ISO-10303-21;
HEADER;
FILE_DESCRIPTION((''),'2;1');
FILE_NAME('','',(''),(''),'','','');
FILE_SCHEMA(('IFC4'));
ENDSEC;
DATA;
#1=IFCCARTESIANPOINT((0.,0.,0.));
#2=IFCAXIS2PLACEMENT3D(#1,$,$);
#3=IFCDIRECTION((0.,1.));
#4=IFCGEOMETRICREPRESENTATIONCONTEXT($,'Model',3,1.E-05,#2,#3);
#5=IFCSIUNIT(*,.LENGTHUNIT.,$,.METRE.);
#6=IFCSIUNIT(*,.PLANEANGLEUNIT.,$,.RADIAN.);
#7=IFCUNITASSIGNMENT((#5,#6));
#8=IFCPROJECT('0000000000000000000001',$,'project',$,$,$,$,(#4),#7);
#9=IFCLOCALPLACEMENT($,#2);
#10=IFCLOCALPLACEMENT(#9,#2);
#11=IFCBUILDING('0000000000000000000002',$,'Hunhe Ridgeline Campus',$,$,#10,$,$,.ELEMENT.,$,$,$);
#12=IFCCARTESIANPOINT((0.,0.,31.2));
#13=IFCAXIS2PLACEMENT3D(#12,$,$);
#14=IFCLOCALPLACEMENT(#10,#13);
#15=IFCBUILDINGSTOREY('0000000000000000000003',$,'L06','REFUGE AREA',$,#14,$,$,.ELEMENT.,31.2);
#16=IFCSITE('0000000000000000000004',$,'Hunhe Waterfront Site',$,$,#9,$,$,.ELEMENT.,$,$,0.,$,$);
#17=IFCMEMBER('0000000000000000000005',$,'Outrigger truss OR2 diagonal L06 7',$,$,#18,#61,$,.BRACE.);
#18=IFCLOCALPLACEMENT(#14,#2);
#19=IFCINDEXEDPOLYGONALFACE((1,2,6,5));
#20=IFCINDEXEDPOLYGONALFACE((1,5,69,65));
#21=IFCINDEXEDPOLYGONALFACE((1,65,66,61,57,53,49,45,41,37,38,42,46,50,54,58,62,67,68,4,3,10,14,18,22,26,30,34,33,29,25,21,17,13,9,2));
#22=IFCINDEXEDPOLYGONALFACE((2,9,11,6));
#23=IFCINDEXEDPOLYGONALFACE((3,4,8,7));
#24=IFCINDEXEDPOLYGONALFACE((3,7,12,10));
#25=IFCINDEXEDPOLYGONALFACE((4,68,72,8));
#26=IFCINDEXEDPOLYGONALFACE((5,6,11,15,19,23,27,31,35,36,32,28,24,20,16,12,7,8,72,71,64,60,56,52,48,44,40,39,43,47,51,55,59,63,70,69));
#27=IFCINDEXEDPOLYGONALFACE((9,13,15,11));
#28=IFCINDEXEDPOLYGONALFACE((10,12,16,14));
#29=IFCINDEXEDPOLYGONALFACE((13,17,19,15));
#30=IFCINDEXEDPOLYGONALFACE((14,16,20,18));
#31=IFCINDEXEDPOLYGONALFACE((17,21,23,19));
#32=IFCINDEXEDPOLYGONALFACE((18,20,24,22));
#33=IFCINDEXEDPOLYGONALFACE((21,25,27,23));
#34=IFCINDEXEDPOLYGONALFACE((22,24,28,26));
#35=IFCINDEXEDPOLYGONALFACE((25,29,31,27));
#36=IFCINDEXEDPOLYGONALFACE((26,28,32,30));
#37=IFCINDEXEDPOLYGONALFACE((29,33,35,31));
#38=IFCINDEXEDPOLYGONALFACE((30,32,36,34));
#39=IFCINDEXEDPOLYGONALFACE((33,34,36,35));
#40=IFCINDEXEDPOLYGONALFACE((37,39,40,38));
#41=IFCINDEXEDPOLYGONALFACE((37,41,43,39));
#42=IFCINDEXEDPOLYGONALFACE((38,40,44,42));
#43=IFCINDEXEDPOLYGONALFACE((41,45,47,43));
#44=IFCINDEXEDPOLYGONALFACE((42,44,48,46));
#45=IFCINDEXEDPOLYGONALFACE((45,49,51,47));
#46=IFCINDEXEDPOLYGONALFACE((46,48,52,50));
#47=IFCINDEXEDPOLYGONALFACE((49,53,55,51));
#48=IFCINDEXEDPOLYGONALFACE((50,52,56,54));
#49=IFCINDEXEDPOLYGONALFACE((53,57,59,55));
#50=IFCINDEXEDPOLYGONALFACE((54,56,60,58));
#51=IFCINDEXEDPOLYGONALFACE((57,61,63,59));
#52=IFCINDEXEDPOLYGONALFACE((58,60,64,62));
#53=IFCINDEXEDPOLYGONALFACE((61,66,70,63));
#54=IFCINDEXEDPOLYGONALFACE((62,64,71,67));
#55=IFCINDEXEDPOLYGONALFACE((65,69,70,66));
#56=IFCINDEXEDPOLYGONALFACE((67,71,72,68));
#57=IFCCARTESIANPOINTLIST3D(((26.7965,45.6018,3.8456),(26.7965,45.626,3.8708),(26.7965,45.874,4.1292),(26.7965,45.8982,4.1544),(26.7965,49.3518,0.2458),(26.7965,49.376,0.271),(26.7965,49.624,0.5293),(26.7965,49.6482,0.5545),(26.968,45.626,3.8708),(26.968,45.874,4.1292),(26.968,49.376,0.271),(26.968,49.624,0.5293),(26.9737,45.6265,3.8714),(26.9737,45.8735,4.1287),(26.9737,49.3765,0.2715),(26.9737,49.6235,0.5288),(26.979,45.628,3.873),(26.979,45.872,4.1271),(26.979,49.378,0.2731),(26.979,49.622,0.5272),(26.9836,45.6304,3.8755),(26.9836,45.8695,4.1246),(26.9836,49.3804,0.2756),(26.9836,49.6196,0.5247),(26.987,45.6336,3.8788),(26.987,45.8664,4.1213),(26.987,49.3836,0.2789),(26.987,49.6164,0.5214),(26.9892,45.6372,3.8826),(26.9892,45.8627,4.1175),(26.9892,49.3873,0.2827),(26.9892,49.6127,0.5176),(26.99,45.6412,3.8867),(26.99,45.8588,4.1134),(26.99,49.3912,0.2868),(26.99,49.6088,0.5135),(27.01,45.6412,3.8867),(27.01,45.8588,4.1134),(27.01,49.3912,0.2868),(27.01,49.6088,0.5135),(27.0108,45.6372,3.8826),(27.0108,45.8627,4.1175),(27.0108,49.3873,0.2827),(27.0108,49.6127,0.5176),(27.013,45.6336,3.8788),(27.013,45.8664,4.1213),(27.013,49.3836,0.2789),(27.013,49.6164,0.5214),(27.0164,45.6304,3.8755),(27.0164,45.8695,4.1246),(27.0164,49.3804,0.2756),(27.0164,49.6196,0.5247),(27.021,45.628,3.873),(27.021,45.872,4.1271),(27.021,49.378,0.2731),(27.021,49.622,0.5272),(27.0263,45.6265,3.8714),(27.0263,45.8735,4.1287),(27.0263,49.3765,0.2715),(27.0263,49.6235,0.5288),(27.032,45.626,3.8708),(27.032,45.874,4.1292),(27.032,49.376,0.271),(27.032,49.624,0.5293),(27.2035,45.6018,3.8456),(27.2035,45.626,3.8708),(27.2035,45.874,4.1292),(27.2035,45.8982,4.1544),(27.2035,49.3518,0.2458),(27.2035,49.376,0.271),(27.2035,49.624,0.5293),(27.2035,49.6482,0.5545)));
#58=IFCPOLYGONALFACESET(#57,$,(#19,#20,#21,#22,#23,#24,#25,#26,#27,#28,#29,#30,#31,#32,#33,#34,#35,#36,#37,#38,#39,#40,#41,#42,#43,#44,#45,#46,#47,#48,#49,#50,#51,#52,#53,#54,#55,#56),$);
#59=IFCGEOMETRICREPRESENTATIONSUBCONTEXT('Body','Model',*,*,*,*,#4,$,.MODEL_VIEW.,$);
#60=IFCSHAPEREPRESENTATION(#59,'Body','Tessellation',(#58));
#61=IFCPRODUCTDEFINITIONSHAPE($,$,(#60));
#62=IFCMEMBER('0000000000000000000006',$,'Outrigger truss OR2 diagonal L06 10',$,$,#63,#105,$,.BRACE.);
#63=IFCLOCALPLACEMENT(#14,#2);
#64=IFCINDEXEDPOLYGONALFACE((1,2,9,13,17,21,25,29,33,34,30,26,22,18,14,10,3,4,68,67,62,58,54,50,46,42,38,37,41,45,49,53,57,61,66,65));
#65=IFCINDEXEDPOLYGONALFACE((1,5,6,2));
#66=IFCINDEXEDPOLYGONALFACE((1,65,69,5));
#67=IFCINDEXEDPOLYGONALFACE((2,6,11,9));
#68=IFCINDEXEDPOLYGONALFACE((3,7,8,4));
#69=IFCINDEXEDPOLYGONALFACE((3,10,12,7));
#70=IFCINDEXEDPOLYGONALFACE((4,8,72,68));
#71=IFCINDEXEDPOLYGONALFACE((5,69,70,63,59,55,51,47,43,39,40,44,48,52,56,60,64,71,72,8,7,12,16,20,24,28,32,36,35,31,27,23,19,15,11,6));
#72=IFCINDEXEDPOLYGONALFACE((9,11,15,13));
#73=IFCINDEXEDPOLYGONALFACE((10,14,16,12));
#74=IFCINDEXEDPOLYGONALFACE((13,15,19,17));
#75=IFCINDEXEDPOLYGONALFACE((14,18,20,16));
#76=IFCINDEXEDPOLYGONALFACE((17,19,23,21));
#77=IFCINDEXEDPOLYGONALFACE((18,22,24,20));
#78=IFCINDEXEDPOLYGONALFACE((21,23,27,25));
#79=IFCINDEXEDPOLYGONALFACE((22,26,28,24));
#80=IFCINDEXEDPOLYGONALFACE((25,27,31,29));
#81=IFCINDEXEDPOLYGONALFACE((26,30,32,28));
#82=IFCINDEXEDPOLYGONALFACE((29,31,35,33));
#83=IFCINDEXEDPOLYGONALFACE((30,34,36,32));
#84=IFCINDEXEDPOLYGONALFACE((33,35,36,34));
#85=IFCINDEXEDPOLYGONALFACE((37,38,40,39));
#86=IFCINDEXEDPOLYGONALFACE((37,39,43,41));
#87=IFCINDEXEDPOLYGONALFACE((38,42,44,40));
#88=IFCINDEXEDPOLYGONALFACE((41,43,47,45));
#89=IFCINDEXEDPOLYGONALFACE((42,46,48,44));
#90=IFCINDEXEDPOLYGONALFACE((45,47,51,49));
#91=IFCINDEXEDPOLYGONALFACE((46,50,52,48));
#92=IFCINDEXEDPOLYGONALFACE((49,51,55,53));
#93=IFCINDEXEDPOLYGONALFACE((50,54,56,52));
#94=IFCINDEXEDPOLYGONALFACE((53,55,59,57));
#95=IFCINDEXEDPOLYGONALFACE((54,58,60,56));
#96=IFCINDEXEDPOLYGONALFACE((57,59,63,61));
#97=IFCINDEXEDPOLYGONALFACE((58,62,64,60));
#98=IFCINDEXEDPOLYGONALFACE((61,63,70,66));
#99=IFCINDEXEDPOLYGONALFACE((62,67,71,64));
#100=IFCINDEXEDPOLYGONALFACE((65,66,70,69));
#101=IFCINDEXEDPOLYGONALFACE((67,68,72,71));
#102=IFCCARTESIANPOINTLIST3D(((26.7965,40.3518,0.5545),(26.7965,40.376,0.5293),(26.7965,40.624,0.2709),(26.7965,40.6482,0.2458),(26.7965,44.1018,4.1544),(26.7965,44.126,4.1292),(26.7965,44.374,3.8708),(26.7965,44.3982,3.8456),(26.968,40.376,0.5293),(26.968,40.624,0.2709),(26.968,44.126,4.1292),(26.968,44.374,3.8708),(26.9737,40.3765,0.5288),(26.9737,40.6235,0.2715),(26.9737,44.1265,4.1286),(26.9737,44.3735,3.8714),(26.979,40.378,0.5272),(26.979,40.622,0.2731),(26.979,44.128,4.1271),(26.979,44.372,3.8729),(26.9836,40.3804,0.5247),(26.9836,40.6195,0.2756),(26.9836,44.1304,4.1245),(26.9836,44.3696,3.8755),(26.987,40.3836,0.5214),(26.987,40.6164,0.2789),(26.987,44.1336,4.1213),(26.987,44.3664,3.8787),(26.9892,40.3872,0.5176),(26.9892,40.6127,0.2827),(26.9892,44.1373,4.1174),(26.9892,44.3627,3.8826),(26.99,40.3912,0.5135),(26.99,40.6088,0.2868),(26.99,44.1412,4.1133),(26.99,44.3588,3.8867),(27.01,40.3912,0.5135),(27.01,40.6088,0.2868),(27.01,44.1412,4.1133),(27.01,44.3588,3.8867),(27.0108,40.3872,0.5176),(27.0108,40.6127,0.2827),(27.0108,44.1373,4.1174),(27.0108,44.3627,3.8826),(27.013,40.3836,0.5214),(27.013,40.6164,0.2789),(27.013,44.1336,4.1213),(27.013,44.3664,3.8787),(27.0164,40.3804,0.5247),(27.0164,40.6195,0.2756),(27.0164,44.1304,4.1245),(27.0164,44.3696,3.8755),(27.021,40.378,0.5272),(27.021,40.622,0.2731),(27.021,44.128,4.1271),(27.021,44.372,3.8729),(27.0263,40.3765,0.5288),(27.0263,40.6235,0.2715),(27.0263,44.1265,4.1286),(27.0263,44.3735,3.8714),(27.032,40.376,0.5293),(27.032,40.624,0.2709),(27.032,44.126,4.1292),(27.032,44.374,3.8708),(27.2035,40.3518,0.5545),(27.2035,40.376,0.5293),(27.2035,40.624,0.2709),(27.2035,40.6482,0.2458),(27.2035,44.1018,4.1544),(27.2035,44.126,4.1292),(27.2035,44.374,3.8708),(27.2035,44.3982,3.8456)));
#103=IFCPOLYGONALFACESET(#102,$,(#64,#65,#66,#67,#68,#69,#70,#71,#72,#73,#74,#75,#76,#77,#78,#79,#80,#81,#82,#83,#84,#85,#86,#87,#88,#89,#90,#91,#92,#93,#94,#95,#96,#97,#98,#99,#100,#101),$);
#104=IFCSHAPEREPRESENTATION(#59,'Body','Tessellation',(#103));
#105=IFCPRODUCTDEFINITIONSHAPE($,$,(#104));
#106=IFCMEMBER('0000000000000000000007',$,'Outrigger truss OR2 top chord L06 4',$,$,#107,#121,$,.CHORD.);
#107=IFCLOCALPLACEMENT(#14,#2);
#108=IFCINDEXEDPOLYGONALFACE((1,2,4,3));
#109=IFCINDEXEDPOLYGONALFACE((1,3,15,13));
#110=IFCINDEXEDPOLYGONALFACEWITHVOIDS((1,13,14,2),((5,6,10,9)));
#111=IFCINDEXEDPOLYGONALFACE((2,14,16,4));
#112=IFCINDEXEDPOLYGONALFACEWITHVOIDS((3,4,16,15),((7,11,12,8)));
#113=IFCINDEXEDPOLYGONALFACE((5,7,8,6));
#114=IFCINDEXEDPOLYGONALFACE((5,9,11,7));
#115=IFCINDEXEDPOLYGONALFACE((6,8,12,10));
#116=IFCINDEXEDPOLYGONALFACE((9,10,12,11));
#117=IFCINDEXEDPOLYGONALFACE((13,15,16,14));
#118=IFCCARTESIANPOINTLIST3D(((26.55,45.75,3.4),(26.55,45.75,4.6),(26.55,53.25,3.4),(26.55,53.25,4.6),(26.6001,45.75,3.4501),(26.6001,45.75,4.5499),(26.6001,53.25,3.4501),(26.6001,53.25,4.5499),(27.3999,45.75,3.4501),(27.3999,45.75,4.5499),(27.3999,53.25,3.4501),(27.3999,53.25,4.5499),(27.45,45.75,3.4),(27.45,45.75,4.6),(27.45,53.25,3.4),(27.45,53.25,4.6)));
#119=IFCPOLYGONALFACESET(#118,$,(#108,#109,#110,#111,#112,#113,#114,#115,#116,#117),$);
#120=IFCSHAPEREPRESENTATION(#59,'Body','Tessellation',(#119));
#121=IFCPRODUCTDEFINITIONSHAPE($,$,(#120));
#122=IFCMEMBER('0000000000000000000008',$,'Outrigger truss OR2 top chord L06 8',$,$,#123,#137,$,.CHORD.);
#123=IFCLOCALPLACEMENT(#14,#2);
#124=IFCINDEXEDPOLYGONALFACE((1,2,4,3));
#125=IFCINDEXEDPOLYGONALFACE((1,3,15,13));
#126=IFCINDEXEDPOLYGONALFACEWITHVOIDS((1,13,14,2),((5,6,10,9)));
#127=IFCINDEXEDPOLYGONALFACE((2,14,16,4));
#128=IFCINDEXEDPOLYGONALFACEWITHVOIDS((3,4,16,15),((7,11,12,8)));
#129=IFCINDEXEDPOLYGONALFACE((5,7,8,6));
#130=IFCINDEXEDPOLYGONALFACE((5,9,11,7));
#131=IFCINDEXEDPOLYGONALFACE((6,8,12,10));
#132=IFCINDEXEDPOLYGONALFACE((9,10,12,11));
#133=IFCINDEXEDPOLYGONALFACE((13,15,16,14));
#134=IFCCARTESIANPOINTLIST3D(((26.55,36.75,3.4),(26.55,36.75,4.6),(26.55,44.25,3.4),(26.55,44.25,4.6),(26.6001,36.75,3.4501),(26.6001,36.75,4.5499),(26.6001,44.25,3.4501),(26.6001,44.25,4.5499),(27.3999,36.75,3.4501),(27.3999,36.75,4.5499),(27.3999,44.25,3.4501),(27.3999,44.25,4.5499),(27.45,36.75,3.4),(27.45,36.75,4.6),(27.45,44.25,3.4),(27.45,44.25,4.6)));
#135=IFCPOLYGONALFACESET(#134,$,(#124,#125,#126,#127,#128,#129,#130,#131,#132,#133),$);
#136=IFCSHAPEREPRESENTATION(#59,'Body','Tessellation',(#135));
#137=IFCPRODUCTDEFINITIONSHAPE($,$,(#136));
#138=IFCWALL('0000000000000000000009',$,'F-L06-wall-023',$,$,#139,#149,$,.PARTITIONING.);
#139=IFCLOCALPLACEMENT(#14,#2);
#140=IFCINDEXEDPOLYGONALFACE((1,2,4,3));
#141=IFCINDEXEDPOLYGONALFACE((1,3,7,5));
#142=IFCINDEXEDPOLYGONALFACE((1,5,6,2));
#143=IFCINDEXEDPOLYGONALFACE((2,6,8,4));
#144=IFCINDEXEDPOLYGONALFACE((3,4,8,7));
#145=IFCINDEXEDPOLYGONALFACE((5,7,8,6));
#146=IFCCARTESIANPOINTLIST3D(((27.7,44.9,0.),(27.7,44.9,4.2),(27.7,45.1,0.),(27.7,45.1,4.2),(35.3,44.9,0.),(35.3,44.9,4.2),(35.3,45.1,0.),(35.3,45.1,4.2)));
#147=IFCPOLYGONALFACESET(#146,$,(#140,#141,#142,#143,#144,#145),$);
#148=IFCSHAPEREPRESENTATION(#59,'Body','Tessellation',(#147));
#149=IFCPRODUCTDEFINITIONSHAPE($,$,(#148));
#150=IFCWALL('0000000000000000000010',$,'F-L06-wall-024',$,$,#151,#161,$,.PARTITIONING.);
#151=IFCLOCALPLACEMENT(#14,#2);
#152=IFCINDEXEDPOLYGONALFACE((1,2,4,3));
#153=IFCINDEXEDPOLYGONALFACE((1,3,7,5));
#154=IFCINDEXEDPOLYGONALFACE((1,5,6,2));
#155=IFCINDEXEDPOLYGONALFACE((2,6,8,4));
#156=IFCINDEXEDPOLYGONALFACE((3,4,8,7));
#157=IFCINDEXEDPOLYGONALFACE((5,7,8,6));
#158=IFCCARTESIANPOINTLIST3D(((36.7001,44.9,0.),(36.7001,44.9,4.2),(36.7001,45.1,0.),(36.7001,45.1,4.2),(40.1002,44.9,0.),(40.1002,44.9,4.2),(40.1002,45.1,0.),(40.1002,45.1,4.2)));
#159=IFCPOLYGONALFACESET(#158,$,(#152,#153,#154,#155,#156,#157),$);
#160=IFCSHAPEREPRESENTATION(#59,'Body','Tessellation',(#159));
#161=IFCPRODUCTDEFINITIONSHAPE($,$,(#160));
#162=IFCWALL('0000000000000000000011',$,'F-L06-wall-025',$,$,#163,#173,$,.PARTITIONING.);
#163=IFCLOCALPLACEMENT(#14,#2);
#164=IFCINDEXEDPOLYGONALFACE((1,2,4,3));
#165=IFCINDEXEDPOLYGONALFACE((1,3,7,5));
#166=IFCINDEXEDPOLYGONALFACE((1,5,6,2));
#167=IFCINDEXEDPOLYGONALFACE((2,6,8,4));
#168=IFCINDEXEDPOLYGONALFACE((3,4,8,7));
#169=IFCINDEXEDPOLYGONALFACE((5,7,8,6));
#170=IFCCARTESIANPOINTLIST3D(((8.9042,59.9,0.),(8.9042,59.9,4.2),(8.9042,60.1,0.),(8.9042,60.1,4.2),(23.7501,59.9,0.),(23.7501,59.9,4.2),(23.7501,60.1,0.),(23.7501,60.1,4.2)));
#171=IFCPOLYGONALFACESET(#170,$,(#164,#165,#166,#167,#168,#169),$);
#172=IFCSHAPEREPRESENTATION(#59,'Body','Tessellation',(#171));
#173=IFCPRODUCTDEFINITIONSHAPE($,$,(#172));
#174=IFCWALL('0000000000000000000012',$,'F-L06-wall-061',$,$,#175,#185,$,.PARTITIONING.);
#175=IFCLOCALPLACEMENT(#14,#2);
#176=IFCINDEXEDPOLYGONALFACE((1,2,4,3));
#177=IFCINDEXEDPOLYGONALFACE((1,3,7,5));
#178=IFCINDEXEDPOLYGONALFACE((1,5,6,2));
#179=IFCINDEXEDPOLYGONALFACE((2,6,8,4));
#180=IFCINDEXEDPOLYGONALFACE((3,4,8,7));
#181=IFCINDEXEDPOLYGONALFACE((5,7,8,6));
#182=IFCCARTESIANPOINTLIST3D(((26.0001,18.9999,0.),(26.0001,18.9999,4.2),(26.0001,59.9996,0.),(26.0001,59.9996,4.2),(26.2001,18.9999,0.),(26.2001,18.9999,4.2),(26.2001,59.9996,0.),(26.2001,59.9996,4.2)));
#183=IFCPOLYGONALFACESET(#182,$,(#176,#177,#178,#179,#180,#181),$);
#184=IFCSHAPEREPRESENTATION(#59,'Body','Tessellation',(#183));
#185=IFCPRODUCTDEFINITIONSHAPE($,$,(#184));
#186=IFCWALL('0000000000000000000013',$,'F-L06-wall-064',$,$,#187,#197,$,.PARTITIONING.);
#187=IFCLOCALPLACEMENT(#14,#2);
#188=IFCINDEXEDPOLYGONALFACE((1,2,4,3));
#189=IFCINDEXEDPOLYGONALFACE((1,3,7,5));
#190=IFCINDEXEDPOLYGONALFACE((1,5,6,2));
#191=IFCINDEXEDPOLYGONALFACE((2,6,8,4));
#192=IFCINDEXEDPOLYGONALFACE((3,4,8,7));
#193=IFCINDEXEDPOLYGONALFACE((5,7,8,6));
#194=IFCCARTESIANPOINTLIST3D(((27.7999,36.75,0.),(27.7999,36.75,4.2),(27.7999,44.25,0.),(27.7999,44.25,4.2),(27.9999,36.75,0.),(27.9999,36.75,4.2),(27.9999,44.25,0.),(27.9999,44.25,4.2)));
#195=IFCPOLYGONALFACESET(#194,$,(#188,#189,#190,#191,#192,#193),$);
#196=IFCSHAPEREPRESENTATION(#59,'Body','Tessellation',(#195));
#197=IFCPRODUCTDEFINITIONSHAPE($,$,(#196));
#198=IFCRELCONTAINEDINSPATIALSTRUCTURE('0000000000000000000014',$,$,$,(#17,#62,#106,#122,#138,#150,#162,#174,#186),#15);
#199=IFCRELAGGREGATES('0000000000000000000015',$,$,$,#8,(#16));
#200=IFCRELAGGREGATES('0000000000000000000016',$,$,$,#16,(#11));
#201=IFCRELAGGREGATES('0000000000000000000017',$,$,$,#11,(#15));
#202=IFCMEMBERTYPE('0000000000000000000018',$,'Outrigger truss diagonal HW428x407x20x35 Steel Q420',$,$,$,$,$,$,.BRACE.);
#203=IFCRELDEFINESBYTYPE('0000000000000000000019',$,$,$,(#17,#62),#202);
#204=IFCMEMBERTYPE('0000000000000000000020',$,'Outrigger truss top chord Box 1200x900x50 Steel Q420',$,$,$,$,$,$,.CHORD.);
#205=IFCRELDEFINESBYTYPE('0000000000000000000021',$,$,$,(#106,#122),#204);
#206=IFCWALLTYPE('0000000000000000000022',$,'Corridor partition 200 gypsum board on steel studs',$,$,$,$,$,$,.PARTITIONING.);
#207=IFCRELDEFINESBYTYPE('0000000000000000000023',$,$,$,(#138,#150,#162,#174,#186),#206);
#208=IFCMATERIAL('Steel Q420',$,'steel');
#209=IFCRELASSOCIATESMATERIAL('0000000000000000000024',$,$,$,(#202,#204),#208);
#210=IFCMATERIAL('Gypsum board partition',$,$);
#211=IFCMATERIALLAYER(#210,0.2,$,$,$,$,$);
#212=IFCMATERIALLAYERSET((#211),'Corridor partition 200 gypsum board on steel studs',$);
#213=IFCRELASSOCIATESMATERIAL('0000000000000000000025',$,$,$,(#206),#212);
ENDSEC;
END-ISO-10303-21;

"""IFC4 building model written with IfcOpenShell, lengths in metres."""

from ifc_helpers import new_model, si_unit, direction, frame, frame_2d, origin, origin_2d, place, context, subcontext, project, spatial, rectangle, hollow_rectangle, i_section, extrude, material, layer, layer_set, material_profile, profile_set, type_object, element, save


model = new_model("IFC4")

# Units and contexts
model_context = context("Model", 3, precision=1e-05, world=origin(), true_north=direction((0.0, 1.0)))
body_context = subcontext(model_context, "Body", "Model", "MODEL_VIEW")
ifc_project = project(units=[si_unit("LENGTHUNIT", "METRE"), si_unit("PLANEANGLEUNIT", "RADIAN")], contexts=[model_context])

# Site, building, storey
site_placement = place(None, origin())
site = spatial("IfcSite", under=ifc_project, at=site_placement, Name="Hunhe Waterfront Site", CompositionType="ELEMENT", RefElevation=0.0)
building_placement = place(site_placement, origin())
building = spatial("IfcBuilding", under=site, at=building_placement, Name="Hunhe Ridgeline Campus", CompositionType="ELEMENT")
storey_placement = place(building_placement, frame((0.0, 0.0, 31.2)))
storey = spatial("IfcBuildingStorey", under=building, at=storey_placement, Name="L06", Description="REFUGE AREA", CompositionType="ELEMENT", Elevation=31.2)

# Members
ifc_material_1 = material(Name="Steel Q420", Category="steel")
ifc_material_profile_1 = material_profile(ifc_material_1, i_section(OverallWidth=0.407, OverallDepth=0.428, WebThickness=0.02, FlangeThickness=0.0349, FilletRadius=0.022, at=origin_2d()))
ifc_profile_set_1 = profile_set([ifc_material_profile_1], Name="Steel Q420")
member_type_1 = type_object("IfcMemberType", Name="Outrigger truss diagonal HW428x407x20x35 Steel Q420", PredefinedType="BRACE", material=ifc_profile_set_1)
for number, where, z_axis, x_axis, name in (
    (1, (27.0, 49.5, 0.4001), (0.0, -0.721401, 0.692517), (1.0, 0.0, 0.0), "Outrigger truss OR2 diagonal L06 7"),
    (2, (27.0, 44.25, 4.0), (0.0, -0.721401, -0.692517), (1.0, 0.0, 0.0), "Outrigger truss OR2 diagonal L06 10"),
):
    element("IfcMember", number, at=place(storey_placement, frame(where, z_axis=z_axis, x_axis=x_axis)), inside=storey, type_object=member_type_1, Name=name, PredefinedType="BRACE", context=body_context, shape_type="SweptSolid", body=[
        extrude(i_section(OverallWidth=0.407, OverallDepth=0.428, WebThickness=0.02, FlangeThickness=0.0349, FilletRadius=0.022, at=origin_2d()), origin(), (0.0, 0.0, 1.0), 5.1982),
    ])
ifc_material_profile_2 = material_profile(ifc_material_1, hollow_rectangle(XDim=0.8999, YDim=1.2, WallThickness=0.05, at=origin_2d()))
ifc_profile_set_2 = profile_set([ifc_material_profile_2], Name="Steel Q420")
member_type_2 = type_object("IfcMemberType", Name="Outrigger truss top chord Box 1200x900x50 Steel Q420", PredefinedType="CHORD", material=ifc_profile_set_2)
for number, where, z_axis, x_axis, name in (
    (3, (27.0, 53.25, 4.0), (0.0, -1.0, 0.0), (1.0, 0.0, 0.0), "Outrigger truss OR2 top chord L06 4"),
    (4, (27.0, 44.25, 4.0), (0.0, -1.0, 0.0), (1.0, 0.0, 0.0), "Outrigger truss OR2 top chord L06 8"),
):
    element("IfcMember", number, at=place(storey_placement, frame(where, z_axis=z_axis, x_axis=x_axis)), inside=storey, type_object=member_type_2, Name=name, PredefinedType="CHORD", context=body_context, shape_type="SweptSolid", body=[
        extrude(hollow_rectangle(XDim=0.8999, YDim=1.2, WallThickness=0.05, at=origin_2d()), origin(), (0.0, 0.0, 1.0), 7.5),
    ])

# Shared definitions
ifc_material_2 = material(Name="Gypsum board partition")
ifc_layer = layer(ifc_material_2, 0.2)
ifc_layer_set = layer_set([ifc_layer], Name="Corridor partition 200 gypsum board on steel studs")
wall_type = type_object("IfcWallType", Name="Corridor partition 200 gypsum board on steel studs", PredefinedType="PARTITIONING", material=ifc_layer_set)

# Walls
wall_1_placement = place(storey_placement, frame((27.7, 45.0, 0.0), z_axis=(0.0, 0.0, 1.0), x_axis=(1.0, 0.0, 0.0)))
element("IfcWall", 5, at=wall_1_placement, inside=storey, type_object=wall_type, Name="F-L06-wall-023", PredefinedType="PARTITIONING", context=body_context, shape_type="SweptSolid", body=[
    extrude(rectangle(XDim=7.6001, YDim=0.2, at=frame_2d((3.8, 0.0))), origin(), (0.0, 0.0, 1.0), 4.2),
])
wall_2_placement = place(storey_placement, frame((36.7, 45.0, 0.0), z_axis=(0.0, 0.0, 1.0), x_axis=(1.0, 0.0, 0.0)))
element("IfcWall", 6, at=wall_2_placement, inside=storey, type_object=wall_type, Name="F-L06-wall-024", PredefinedType="PARTITIONING", context=body_context, shape_type="SweptSolid", body=[
    extrude(rectangle(XDim=3.4001, YDim=0.2, at=frame_2d((1.7002, 0.0))), origin(), (0.0, 0.0, 1.0), 4.2),
])
wall_3_placement = place(storey_placement, frame((23.75, 60.0, 0.0), z_axis=(0.0, 0.0, 1.0), x_axis=(-1.0, 0.0, 0.0)))
element("IfcWall", 7, at=wall_3_placement, inside=storey, type_object=wall_type, Name="F-L06-wall-025", PredefinedType="PARTITIONING", context=body_context, shape_type="SweptSolid", body=[
    extrude(rectangle(XDim=14.8459, YDim=0.2, at=frame_2d((7.4229, 0.0))), origin(), (0.0, 0.0, 1.0), 4.2),
])

# Walls
wall_4_placement = place(storey_placement, frame((26.1001, 59.9998, 0.0), z_axis=(0.0, 0.0, 1.0), x_axis=(0.0, -1.0, 0.0)))
element("IfcWall", 8, at=wall_4_placement, inside=storey, type_object=wall_type, Name="F-L06-wall-061", PredefinedType="PARTITIONING", context=body_context, shape_type="SweptSolid", body=[
    extrude(rectangle(XDim=40.9998, YDim=0.2, at=frame_2d((20.5, 0.0))), origin(), (0.0, 0.0, 1.0), 4.2),
])
for number, where, z_axis, x_axis, name in (
    (9, (27.8999, 44.25, 0.0), (0.0, 0.0, 1.0), (0.0, -1.0, 0.0), "F-L06-wall-064"),
):
    element("IfcWall", number, at=place(storey_placement, frame(where, z_axis=z_axis, x_axis=x_axis)), inside=storey, type_object=wall_type, Name=name, PredefinedType="PARTITIONING", context=body_context, shape_type="SweptSolid", body=[
        extrude(rectangle(XDim=7.5, YDim=0.2, at=frame_2d((3.75, 0.0))), origin(), (0.0, 0.0, 1.0), 4.2),
    ])

save(model, "model.ifc")
